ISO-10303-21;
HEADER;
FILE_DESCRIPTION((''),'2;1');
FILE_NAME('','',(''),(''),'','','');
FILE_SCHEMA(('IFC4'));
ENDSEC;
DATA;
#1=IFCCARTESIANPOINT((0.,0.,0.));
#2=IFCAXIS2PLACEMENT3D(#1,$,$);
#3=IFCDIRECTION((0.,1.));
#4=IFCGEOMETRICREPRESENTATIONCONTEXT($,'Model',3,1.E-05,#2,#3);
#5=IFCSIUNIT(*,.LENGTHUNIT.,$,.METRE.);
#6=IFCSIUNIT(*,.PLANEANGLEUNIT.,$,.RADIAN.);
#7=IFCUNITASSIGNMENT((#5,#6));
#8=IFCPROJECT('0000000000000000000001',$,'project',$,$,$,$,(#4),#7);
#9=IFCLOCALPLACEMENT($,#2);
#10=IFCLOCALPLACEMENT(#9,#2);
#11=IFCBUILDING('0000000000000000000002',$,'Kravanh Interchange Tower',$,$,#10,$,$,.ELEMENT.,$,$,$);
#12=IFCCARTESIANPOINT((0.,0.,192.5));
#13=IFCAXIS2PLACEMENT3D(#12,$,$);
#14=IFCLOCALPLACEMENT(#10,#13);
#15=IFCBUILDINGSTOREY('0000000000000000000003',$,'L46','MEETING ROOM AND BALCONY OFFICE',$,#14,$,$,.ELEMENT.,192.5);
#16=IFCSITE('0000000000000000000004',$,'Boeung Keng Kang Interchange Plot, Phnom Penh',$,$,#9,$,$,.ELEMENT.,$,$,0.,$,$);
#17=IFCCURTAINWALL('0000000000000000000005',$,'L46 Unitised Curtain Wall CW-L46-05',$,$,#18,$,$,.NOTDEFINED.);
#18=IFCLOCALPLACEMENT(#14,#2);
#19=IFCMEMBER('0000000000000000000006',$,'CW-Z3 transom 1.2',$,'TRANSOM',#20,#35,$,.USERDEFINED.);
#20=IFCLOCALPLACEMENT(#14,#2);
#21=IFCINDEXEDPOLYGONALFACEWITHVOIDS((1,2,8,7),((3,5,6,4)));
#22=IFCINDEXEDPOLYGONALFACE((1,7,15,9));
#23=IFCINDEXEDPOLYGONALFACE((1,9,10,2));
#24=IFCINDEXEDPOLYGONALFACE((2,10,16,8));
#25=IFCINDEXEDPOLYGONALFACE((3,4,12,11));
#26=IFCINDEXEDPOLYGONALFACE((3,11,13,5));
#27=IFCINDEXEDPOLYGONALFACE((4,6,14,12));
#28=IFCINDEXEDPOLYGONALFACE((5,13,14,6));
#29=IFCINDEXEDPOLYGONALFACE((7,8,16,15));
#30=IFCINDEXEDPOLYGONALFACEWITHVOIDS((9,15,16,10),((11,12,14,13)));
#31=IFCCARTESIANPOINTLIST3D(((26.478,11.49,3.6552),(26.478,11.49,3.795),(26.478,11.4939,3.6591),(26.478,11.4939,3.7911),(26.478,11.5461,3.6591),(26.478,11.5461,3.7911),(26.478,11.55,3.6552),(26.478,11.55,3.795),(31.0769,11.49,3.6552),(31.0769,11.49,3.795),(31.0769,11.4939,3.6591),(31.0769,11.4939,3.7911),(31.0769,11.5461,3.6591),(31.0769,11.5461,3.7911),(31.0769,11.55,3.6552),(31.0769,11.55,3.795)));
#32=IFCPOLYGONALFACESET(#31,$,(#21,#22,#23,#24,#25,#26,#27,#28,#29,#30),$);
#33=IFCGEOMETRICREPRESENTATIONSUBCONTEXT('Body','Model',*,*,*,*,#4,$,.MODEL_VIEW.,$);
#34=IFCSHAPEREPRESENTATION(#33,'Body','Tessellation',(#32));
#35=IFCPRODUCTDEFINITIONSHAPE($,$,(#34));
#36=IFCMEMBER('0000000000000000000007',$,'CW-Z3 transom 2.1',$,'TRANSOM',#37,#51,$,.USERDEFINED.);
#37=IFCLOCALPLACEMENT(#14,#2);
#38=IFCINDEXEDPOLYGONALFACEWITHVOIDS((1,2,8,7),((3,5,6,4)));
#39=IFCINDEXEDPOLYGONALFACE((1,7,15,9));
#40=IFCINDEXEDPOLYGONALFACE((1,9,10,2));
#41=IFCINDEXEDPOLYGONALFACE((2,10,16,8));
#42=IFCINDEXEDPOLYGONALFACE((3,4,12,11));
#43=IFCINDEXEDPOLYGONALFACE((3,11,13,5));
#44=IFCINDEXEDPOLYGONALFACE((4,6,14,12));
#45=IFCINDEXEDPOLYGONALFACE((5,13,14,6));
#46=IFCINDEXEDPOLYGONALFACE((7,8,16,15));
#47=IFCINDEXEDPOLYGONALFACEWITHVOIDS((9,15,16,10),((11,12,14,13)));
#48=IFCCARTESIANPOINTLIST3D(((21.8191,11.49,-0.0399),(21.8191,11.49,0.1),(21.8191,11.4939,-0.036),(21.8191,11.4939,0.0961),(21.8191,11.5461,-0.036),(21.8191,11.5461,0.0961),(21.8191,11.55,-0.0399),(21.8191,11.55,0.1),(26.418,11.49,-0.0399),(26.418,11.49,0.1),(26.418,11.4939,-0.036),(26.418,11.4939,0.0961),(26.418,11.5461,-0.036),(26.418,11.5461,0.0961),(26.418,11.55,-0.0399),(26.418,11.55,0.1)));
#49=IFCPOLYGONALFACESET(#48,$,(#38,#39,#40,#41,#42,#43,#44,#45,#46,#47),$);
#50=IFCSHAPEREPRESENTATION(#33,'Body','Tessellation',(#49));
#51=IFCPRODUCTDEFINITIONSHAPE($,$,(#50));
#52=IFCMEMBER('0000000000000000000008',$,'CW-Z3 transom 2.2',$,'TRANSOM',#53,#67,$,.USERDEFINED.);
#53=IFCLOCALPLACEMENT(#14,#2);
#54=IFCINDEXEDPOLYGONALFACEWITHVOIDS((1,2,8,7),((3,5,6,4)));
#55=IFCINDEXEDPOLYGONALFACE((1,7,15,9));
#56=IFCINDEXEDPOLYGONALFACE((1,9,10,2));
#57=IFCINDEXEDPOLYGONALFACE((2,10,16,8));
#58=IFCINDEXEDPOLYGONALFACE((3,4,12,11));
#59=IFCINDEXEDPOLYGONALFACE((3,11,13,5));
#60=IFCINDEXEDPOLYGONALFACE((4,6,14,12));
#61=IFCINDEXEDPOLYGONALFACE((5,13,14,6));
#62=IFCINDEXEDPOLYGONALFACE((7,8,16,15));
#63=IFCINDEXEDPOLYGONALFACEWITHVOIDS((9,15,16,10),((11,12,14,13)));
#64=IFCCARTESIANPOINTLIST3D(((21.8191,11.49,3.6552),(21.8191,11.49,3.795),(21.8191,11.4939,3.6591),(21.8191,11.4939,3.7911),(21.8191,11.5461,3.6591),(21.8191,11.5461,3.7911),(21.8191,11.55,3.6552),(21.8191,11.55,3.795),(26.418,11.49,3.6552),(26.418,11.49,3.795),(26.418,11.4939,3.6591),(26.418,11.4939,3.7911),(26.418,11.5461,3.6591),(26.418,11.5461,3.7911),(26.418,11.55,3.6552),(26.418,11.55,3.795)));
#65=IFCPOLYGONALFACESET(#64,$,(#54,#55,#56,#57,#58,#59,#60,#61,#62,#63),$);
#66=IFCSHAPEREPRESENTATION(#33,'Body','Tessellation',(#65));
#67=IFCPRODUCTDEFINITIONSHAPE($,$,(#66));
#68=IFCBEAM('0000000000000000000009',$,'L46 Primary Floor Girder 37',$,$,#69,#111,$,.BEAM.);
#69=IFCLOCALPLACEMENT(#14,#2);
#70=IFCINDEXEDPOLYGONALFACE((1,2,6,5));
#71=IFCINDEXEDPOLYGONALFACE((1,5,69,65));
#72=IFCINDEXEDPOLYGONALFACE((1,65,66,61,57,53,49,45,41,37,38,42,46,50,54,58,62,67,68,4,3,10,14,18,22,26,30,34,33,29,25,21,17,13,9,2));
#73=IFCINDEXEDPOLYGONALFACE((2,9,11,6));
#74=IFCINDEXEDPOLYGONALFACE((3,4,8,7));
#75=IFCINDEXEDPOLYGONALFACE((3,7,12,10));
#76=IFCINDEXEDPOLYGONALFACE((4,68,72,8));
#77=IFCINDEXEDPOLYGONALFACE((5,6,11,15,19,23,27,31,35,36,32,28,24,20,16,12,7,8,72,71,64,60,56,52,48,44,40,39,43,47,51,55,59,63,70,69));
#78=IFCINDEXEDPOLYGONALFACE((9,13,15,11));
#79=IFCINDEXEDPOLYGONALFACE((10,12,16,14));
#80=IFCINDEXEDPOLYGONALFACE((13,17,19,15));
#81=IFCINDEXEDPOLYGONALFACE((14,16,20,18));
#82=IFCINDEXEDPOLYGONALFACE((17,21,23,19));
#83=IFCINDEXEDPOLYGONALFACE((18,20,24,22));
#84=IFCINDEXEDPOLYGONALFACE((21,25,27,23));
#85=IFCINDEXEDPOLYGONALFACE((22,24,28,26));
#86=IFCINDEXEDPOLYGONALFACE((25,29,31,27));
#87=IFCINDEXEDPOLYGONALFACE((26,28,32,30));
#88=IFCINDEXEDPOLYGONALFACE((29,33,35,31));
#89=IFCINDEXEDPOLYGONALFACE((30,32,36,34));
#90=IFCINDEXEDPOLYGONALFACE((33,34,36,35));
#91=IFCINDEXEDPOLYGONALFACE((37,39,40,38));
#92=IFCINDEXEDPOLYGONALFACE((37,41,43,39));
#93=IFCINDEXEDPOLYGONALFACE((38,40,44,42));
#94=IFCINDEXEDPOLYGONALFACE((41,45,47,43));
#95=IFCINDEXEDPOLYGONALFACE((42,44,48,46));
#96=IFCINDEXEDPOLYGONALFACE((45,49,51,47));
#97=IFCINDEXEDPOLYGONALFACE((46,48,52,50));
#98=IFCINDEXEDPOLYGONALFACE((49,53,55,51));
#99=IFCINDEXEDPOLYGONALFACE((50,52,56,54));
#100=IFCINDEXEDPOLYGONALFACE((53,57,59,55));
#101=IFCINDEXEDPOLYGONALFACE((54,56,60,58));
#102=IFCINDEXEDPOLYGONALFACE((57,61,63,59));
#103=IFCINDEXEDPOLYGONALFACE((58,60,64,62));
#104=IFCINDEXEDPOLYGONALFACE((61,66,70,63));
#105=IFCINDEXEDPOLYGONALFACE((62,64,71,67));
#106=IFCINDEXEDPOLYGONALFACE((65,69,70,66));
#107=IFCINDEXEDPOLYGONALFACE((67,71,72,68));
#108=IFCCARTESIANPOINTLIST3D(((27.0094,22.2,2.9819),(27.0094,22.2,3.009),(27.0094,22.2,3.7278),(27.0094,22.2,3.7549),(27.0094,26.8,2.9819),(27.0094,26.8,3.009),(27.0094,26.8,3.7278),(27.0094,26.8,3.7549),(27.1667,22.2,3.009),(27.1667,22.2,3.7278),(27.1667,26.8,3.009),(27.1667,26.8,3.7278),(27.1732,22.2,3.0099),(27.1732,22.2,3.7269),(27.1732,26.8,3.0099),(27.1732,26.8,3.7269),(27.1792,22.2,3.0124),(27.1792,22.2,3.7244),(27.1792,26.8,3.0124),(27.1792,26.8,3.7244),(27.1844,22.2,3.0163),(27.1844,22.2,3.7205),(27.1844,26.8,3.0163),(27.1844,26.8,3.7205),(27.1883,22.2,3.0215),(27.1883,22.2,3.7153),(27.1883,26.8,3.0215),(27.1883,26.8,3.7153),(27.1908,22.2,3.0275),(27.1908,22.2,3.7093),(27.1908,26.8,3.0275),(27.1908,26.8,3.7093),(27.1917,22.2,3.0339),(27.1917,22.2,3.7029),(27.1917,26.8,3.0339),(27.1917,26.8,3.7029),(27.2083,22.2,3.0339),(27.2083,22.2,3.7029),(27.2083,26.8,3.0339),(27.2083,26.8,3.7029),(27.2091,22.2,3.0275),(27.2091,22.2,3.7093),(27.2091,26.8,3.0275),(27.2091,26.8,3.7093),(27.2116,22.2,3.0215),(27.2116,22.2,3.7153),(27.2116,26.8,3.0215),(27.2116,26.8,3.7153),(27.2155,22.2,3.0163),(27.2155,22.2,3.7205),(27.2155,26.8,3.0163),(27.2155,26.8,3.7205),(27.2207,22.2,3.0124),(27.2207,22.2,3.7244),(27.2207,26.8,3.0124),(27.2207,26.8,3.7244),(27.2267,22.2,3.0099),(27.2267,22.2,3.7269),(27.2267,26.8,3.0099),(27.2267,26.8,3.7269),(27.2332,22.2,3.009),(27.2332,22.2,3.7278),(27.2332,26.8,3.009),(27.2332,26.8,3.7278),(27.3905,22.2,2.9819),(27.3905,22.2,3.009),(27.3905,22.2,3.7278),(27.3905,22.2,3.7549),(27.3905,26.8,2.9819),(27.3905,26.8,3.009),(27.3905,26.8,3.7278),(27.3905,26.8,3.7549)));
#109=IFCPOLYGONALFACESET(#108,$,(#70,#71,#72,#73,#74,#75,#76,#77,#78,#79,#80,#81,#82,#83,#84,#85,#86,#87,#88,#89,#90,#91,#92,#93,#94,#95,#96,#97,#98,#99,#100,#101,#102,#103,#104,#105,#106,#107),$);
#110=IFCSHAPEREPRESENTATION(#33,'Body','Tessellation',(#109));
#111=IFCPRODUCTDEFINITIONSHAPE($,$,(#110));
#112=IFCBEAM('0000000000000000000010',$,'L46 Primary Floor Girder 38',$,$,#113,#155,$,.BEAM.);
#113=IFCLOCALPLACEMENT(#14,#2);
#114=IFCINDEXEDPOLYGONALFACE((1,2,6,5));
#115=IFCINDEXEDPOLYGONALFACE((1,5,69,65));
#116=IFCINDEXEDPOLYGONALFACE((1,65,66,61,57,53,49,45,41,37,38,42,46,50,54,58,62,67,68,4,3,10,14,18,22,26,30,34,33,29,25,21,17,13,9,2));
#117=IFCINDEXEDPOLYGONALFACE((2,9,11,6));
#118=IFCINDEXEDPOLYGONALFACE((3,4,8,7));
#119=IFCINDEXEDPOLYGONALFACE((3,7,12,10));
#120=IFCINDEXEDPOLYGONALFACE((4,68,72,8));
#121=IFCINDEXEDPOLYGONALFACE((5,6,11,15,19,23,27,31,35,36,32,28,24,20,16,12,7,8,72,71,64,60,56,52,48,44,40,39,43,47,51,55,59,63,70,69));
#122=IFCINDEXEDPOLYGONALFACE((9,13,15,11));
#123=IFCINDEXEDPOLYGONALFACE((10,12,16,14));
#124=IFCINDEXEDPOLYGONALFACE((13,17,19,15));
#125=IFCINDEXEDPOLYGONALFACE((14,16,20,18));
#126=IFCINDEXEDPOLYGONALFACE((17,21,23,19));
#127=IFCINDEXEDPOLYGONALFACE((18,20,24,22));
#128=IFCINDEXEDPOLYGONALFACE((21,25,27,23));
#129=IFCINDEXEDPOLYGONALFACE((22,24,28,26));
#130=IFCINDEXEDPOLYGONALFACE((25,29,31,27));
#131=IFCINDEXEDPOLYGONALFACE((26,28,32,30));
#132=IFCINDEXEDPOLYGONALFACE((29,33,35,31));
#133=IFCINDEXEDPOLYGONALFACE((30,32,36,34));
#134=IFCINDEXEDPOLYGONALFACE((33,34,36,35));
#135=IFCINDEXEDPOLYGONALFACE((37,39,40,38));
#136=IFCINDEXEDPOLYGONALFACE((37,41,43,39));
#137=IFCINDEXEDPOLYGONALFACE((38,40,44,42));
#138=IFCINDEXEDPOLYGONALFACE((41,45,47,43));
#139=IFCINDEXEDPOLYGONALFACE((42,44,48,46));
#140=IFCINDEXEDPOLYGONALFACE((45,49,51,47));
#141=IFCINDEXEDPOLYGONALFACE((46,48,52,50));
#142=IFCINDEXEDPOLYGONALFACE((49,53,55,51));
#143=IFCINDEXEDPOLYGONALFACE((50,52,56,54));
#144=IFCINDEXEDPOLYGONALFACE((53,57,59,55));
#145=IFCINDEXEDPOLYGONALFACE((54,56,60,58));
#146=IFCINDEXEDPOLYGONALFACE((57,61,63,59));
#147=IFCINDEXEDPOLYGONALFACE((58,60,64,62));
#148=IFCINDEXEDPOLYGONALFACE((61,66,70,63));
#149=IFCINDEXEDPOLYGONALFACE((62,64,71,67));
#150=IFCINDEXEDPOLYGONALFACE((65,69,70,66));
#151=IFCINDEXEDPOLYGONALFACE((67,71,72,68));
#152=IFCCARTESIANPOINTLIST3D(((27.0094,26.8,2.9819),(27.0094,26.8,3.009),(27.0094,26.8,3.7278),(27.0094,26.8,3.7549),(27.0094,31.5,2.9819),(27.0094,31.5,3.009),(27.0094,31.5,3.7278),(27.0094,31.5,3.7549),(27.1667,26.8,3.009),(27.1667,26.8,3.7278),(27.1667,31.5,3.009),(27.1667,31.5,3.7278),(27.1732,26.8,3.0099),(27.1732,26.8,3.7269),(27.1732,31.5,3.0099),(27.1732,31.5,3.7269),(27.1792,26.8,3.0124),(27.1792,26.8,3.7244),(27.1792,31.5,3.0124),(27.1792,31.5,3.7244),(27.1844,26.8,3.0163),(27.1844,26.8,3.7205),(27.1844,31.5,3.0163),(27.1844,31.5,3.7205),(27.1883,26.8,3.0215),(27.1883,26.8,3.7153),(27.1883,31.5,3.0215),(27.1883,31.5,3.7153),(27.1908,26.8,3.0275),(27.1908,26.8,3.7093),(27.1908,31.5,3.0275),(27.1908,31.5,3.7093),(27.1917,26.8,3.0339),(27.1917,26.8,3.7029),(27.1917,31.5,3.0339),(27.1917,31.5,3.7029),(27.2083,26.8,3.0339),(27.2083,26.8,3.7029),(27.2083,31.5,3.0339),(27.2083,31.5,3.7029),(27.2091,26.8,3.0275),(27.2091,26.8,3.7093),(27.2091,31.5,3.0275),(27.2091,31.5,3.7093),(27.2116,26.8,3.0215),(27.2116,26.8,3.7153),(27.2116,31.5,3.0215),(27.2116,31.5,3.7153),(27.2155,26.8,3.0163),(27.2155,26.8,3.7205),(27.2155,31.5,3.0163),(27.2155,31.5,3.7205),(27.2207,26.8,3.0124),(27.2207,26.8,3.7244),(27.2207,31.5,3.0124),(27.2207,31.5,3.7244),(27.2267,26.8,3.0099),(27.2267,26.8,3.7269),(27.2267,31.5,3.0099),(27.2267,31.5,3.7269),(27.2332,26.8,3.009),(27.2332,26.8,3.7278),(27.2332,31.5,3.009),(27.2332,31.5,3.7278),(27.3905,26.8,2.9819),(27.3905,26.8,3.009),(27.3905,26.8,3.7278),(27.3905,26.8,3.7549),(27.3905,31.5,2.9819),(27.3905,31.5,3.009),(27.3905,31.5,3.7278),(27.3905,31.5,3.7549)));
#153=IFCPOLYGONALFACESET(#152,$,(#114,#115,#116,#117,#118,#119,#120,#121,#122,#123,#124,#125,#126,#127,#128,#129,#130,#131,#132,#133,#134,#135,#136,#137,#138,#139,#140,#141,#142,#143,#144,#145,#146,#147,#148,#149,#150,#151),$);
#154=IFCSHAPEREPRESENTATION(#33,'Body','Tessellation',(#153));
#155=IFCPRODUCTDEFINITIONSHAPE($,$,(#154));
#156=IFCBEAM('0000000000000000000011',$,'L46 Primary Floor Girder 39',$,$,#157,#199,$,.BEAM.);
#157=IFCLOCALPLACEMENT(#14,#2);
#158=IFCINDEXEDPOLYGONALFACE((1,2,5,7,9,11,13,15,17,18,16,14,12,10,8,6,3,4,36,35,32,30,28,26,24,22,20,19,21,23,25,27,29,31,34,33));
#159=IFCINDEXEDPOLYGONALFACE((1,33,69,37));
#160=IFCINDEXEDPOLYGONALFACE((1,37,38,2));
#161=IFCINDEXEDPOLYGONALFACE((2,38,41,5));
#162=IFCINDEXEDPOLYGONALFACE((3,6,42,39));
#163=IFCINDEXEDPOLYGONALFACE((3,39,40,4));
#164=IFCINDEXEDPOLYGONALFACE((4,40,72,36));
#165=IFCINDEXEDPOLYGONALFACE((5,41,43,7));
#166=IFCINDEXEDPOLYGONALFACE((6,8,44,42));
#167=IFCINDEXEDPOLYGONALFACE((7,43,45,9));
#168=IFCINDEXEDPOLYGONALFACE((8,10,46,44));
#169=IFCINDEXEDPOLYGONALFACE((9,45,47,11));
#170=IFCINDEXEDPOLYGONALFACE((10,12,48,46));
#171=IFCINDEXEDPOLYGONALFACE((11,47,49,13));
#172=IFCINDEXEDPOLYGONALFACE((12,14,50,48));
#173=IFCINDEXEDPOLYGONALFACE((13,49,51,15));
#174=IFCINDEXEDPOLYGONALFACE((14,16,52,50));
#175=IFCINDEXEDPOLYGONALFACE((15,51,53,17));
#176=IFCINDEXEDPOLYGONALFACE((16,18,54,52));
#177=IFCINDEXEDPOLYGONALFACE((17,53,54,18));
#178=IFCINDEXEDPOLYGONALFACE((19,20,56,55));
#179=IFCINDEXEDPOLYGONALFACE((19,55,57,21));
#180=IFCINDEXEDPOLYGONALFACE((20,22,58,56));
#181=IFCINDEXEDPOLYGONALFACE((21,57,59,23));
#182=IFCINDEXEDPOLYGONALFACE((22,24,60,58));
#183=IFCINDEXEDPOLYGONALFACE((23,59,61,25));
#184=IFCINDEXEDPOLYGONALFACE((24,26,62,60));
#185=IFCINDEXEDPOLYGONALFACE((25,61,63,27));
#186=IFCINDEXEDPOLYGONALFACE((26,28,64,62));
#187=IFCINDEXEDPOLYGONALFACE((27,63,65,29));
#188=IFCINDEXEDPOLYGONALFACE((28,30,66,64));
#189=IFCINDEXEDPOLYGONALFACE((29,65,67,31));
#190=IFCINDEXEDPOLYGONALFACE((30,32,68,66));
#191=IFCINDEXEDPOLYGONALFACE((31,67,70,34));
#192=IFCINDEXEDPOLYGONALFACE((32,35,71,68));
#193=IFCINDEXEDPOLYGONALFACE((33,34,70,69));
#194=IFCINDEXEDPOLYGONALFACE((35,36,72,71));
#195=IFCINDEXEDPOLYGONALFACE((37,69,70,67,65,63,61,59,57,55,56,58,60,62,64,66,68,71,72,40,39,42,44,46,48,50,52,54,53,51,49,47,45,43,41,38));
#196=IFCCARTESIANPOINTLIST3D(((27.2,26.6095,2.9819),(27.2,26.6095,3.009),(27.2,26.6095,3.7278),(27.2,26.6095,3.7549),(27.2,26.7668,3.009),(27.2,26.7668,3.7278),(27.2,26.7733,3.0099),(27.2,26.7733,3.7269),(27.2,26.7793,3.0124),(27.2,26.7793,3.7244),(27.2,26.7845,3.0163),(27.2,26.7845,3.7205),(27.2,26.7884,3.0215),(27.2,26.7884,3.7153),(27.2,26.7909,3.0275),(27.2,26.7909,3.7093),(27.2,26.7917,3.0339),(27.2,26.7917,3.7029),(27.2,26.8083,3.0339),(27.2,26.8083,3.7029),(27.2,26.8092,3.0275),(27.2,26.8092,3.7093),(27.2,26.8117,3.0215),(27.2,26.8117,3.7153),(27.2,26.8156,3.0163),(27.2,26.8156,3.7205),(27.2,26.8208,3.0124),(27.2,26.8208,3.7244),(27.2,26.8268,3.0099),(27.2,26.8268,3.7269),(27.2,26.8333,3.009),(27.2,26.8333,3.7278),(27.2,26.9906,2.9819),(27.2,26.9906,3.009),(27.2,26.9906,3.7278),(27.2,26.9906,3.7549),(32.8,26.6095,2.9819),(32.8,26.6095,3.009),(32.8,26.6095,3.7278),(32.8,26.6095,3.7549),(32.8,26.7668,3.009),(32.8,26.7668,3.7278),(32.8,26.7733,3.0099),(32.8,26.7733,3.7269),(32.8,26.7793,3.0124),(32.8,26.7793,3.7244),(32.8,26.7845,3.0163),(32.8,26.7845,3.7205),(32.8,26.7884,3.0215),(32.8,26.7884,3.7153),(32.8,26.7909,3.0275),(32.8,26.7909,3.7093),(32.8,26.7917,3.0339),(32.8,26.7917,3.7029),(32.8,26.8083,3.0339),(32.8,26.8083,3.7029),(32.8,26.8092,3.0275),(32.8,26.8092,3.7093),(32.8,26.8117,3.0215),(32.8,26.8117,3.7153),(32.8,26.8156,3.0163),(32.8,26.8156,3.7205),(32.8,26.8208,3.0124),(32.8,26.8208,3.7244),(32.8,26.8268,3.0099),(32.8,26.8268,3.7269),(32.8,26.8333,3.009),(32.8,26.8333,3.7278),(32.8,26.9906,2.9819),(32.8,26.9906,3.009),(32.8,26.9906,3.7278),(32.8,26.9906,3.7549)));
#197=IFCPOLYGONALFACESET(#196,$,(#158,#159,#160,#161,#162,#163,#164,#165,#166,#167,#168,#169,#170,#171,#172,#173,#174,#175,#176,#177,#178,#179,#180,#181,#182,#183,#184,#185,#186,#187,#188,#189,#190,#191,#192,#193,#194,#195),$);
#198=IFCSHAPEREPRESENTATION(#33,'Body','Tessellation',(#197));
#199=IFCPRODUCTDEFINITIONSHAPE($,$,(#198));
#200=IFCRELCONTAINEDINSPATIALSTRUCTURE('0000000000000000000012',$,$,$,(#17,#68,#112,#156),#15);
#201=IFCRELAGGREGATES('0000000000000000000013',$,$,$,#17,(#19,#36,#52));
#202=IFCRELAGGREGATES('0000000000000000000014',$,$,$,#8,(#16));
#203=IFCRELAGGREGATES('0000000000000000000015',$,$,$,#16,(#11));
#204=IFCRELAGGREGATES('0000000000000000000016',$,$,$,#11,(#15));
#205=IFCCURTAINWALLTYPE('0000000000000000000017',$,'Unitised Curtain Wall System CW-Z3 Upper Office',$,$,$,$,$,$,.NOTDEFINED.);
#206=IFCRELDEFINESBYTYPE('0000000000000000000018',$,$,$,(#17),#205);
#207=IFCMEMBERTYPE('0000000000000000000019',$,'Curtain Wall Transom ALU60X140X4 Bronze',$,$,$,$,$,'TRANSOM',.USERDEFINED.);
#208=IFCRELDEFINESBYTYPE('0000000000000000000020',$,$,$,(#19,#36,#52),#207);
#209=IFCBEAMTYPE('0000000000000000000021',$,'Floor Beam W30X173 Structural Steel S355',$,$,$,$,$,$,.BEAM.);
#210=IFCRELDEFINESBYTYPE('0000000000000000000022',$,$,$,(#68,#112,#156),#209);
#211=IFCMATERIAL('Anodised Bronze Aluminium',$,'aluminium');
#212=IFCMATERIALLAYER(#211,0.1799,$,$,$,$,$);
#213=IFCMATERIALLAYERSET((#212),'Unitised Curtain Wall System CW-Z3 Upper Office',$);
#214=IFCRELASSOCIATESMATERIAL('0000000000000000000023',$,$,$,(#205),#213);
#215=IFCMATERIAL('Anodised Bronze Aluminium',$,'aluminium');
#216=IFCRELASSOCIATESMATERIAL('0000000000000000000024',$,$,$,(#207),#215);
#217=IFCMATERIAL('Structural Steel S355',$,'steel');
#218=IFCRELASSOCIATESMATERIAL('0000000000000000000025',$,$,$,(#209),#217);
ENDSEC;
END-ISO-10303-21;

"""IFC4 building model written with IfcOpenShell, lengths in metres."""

from ifc_helpers import new_model, si_unit, direction, frame, origin, origin_2d, place, context, subcontext, project, spatial, hollow_rectangle, i_section, extrude, material, layer, layer_set, material_profile, profile_set, type_object, element, aggregate, save


model = new_model("IFC4")

# Units and contexts
model_context = context("Model", 3, precision=1e-05, world=origin(), true_north=direction((0.0, 1.0)))
body_context = subcontext(model_context, "Body", "Model", "MODEL_VIEW")
ifc_project = project(units=[si_unit("LENGTHUNIT", "METRE"), si_unit("PLANEANGLEUNIT", "RADIAN")], contexts=[model_context])

# Site, building, storey
site_placement = place(None, origin())
site = spatial("IfcSite", under=ifc_project, at=site_placement, Name="Boeung Keng Kang Interchange Plot, Phnom Penh", CompositionType="ELEMENT", RefElevation=0.0)
building_placement = place(site_placement, origin())
building = spatial("IfcBuilding", under=site, at=building_placement, Name="Kravanh Interchange Tower", CompositionType="ELEMENT")
storey_placement = place(building_placement, frame((0.0, 0.0, 192.5)))
storey = spatial("IfcBuildingStorey", under=building, at=storey_placement, Name="L46", Description="MEETING ROOM AND BALCONY OFFICE", CompositionType="ELEMENT", Elevation=192.5)

# Curtain wall
ifc_material_1 = material(Name="Anodised Bronze Aluminium", Category="aluminium")
ifc_layer_1 = layer(ifc_material_1, 0.1799)
ifc_layer_set_1 = layer_set([ifc_layer_1], Name="Unitised Curtain Wall System CW-Z3 Upper Office")
curtain_wall_type = type_object("IfcCurtainWallType", Name="Unitised Curtain Wall System CW-Z3 Upper Office", PredefinedType="NOTDEFINED", material=ifc_layer_set_1)
curtain_wall_1_placement = place(storey_placement, origin())
curtain_wall_1 = element("IfcCurtainWall", 1, at=curtain_wall_1_placement, inside=storey, type_object=curtain_wall_type, Name="L46 Unitised Curtain Wall CW-L46-05", PredefinedType="NOTDEFINED")

# Members
ifc_material_2 = material(Name="Anodised Bronze Aluminium", Category="aluminium")
ifc_material_profile_1 = material_profile(ifc_material_2, hollow_rectangle(XDim=0.0601, YDim=0.1399, WallThickness=0.0039, at=origin_2d()), Name="ALU60X140X4")
ifc_profile_set_1 = profile_set([ifc_material_profile_1], Name="Anodised Bronze Aluminium")
member_type_1 = type_object("IfcMemberType", Name="Curtain Wall Transom ALU60X140X4 Bronze", ElementType="TRANSOM", PredefinedType="USERDEFINED", material=ifc_profile_set_1)
member_1_placement = place(storey_placement, frame((31.0769, 11.52, 3.7251), z_axis=(-1.0, 0.0, 0.0), x_axis=(0.0, -1.0, 0.0)))
member_1 = element("IfcMember", 2, at=member_1_placement, type_object=member_type_1, Name="CW-Z3 transom 1.2", ObjectType="TRANSOM", PredefinedType="USERDEFINED", context=body_context, shape_type="SweptSolid", body=[
    extrude(hollow_rectangle(XDim=0.0601, YDim=0.1399, WallThickness=0.0039, at=origin_2d()), origin(), (0.0, 0.0, 1.0), 4.5989),
])
member_2_placement = place(storey_placement, frame((26.418, 11.52, 0.03), z_axis=(-1.0, 0.0, 0.0), x_axis=(0.0, -1.0, 0.0)))
member_2 = element("IfcMember", 3, at=member_2_placement, type_object=member_type_1, Name="CW-Z3 transom 2.1", ObjectType="TRANSOM", PredefinedType="USERDEFINED", context=body_context, shape_type="SweptSolid", body=[
    extrude(hollow_rectangle(XDim=0.0601, YDim=0.1399, WallThickness=0.0039, at=origin_2d()), origin(), (0.0, 0.0, 1.0), 4.5989),
])
member_3_placement = place(storey_placement, frame((26.418, 11.52, 3.7251), z_axis=(-1.0, 0.0, 0.0), x_axis=(0.0, -1.0, 0.0)))
member_3 = element("IfcMember", 4, at=member_3_placement, type_object=member_type_1, Name="CW-Z3 transom 2.2", ObjectType="TRANSOM", PredefinedType="USERDEFINED", context=body_context, shape_type="SweptSolid", body=[
    extrude(hollow_rectangle(XDim=0.0601, YDim=0.1399, WallThickness=0.0039, at=origin_2d()), origin(), (0.0, 0.0, 1.0), 4.5989),
])

# Beams
ifc_material_3 = material(Name="Structural Steel S355", Category="steel")
ifc_material_profile_2 = material_profile(ifc_material_3, i_section(OverallWidth=0.3811, OverallDepth=0.7729, WebThickness=0.0166, FlangeThickness=0.0271, FilletRadius=0.0249, at=origin_2d()), Name="W30X173")
ifc_profile_set_2 = profile_set([ifc_material_profile_2], Name="Structural Steel S355")
beam_type_1 = type_object("IfcBeamType", Name="Floor Beam W30X173 Structural Steel S355", PredefinedType="BEAM", material=ifc_profile_set_2)
beam_1_placement = place(storey_placement, frame((27.2, 26.8, 3.3684), z_axis=(0.0, -1.0, 0.0), x_axis=(1.0, 0.0, 0.0)))
element("IfcBeam", 5, at=beam_1_placement, inside=storey, type_object=beam_type_1, Name="L46 Primary Floor Girder 37", PredefinedType="BEAM", context=body_context, shape_type="SweptSolid", body=[
    extrude(i_section(OverallWidth=0.3811, OverallDepth=0.7729, WebThickness=0.0166, FlangeThickness=0.0271, FilletRadius=0.0249, at=origin_2d()), origin(), (0.0, 0.0, 1.0), 4.6001),
])
beam_2_placement = place(storey_placement, frame((27.2, 26.8, 3.3684), z_axis=(0.0, 1.0, 0.0), x_axis=(-1.0, 0.0, 0.0)))
element("IfcBeam", 6, at=beam_2_placement, inside=storey, type_object=beam_type_1, Name="L46 Primary Floor Girder 38", PredefinedType="BEAM", context=body_context, shape_type="SweptSolid", body=[
    extrude(i_section(OverallWidth=0.3811, OverallDepth=0.7729, WebThickness=0.0166, FlangeThickness=0.0271, FilletRadius=0.0249, at=origin_2d()), origin(), (0.0, 0.0, 1.0), 4.7),
])
beam_3_placement = place(storey_placement, frame((27.2, 26.8, 3.3684), z_axis=(1.0, 0.0, 0.0), x_axis=(0.0, 1.0, 0.0)))
element("IfcBeam", 7, at=beam_3_placement, inside=storey, type_object=beam_type_1, Name="L46 Primary Floor Girder 39", PredefinedType="BEAM", context=body_context, shape_type="SweptSolid", body=[
    extrude(i_section(OverallWidth=0.3811, OverallDepth=0.7729, WebThickness=0.0166, FlangeThickness=0.0271, FilletRadius=0.0249, at=origin_2d()), origin(), (0.0, 0.0, 1.0), 5.6001),
])

aggregate(curtain_wall_1, [member_1, member_2, member_3])

save(model, "model.ifc")
